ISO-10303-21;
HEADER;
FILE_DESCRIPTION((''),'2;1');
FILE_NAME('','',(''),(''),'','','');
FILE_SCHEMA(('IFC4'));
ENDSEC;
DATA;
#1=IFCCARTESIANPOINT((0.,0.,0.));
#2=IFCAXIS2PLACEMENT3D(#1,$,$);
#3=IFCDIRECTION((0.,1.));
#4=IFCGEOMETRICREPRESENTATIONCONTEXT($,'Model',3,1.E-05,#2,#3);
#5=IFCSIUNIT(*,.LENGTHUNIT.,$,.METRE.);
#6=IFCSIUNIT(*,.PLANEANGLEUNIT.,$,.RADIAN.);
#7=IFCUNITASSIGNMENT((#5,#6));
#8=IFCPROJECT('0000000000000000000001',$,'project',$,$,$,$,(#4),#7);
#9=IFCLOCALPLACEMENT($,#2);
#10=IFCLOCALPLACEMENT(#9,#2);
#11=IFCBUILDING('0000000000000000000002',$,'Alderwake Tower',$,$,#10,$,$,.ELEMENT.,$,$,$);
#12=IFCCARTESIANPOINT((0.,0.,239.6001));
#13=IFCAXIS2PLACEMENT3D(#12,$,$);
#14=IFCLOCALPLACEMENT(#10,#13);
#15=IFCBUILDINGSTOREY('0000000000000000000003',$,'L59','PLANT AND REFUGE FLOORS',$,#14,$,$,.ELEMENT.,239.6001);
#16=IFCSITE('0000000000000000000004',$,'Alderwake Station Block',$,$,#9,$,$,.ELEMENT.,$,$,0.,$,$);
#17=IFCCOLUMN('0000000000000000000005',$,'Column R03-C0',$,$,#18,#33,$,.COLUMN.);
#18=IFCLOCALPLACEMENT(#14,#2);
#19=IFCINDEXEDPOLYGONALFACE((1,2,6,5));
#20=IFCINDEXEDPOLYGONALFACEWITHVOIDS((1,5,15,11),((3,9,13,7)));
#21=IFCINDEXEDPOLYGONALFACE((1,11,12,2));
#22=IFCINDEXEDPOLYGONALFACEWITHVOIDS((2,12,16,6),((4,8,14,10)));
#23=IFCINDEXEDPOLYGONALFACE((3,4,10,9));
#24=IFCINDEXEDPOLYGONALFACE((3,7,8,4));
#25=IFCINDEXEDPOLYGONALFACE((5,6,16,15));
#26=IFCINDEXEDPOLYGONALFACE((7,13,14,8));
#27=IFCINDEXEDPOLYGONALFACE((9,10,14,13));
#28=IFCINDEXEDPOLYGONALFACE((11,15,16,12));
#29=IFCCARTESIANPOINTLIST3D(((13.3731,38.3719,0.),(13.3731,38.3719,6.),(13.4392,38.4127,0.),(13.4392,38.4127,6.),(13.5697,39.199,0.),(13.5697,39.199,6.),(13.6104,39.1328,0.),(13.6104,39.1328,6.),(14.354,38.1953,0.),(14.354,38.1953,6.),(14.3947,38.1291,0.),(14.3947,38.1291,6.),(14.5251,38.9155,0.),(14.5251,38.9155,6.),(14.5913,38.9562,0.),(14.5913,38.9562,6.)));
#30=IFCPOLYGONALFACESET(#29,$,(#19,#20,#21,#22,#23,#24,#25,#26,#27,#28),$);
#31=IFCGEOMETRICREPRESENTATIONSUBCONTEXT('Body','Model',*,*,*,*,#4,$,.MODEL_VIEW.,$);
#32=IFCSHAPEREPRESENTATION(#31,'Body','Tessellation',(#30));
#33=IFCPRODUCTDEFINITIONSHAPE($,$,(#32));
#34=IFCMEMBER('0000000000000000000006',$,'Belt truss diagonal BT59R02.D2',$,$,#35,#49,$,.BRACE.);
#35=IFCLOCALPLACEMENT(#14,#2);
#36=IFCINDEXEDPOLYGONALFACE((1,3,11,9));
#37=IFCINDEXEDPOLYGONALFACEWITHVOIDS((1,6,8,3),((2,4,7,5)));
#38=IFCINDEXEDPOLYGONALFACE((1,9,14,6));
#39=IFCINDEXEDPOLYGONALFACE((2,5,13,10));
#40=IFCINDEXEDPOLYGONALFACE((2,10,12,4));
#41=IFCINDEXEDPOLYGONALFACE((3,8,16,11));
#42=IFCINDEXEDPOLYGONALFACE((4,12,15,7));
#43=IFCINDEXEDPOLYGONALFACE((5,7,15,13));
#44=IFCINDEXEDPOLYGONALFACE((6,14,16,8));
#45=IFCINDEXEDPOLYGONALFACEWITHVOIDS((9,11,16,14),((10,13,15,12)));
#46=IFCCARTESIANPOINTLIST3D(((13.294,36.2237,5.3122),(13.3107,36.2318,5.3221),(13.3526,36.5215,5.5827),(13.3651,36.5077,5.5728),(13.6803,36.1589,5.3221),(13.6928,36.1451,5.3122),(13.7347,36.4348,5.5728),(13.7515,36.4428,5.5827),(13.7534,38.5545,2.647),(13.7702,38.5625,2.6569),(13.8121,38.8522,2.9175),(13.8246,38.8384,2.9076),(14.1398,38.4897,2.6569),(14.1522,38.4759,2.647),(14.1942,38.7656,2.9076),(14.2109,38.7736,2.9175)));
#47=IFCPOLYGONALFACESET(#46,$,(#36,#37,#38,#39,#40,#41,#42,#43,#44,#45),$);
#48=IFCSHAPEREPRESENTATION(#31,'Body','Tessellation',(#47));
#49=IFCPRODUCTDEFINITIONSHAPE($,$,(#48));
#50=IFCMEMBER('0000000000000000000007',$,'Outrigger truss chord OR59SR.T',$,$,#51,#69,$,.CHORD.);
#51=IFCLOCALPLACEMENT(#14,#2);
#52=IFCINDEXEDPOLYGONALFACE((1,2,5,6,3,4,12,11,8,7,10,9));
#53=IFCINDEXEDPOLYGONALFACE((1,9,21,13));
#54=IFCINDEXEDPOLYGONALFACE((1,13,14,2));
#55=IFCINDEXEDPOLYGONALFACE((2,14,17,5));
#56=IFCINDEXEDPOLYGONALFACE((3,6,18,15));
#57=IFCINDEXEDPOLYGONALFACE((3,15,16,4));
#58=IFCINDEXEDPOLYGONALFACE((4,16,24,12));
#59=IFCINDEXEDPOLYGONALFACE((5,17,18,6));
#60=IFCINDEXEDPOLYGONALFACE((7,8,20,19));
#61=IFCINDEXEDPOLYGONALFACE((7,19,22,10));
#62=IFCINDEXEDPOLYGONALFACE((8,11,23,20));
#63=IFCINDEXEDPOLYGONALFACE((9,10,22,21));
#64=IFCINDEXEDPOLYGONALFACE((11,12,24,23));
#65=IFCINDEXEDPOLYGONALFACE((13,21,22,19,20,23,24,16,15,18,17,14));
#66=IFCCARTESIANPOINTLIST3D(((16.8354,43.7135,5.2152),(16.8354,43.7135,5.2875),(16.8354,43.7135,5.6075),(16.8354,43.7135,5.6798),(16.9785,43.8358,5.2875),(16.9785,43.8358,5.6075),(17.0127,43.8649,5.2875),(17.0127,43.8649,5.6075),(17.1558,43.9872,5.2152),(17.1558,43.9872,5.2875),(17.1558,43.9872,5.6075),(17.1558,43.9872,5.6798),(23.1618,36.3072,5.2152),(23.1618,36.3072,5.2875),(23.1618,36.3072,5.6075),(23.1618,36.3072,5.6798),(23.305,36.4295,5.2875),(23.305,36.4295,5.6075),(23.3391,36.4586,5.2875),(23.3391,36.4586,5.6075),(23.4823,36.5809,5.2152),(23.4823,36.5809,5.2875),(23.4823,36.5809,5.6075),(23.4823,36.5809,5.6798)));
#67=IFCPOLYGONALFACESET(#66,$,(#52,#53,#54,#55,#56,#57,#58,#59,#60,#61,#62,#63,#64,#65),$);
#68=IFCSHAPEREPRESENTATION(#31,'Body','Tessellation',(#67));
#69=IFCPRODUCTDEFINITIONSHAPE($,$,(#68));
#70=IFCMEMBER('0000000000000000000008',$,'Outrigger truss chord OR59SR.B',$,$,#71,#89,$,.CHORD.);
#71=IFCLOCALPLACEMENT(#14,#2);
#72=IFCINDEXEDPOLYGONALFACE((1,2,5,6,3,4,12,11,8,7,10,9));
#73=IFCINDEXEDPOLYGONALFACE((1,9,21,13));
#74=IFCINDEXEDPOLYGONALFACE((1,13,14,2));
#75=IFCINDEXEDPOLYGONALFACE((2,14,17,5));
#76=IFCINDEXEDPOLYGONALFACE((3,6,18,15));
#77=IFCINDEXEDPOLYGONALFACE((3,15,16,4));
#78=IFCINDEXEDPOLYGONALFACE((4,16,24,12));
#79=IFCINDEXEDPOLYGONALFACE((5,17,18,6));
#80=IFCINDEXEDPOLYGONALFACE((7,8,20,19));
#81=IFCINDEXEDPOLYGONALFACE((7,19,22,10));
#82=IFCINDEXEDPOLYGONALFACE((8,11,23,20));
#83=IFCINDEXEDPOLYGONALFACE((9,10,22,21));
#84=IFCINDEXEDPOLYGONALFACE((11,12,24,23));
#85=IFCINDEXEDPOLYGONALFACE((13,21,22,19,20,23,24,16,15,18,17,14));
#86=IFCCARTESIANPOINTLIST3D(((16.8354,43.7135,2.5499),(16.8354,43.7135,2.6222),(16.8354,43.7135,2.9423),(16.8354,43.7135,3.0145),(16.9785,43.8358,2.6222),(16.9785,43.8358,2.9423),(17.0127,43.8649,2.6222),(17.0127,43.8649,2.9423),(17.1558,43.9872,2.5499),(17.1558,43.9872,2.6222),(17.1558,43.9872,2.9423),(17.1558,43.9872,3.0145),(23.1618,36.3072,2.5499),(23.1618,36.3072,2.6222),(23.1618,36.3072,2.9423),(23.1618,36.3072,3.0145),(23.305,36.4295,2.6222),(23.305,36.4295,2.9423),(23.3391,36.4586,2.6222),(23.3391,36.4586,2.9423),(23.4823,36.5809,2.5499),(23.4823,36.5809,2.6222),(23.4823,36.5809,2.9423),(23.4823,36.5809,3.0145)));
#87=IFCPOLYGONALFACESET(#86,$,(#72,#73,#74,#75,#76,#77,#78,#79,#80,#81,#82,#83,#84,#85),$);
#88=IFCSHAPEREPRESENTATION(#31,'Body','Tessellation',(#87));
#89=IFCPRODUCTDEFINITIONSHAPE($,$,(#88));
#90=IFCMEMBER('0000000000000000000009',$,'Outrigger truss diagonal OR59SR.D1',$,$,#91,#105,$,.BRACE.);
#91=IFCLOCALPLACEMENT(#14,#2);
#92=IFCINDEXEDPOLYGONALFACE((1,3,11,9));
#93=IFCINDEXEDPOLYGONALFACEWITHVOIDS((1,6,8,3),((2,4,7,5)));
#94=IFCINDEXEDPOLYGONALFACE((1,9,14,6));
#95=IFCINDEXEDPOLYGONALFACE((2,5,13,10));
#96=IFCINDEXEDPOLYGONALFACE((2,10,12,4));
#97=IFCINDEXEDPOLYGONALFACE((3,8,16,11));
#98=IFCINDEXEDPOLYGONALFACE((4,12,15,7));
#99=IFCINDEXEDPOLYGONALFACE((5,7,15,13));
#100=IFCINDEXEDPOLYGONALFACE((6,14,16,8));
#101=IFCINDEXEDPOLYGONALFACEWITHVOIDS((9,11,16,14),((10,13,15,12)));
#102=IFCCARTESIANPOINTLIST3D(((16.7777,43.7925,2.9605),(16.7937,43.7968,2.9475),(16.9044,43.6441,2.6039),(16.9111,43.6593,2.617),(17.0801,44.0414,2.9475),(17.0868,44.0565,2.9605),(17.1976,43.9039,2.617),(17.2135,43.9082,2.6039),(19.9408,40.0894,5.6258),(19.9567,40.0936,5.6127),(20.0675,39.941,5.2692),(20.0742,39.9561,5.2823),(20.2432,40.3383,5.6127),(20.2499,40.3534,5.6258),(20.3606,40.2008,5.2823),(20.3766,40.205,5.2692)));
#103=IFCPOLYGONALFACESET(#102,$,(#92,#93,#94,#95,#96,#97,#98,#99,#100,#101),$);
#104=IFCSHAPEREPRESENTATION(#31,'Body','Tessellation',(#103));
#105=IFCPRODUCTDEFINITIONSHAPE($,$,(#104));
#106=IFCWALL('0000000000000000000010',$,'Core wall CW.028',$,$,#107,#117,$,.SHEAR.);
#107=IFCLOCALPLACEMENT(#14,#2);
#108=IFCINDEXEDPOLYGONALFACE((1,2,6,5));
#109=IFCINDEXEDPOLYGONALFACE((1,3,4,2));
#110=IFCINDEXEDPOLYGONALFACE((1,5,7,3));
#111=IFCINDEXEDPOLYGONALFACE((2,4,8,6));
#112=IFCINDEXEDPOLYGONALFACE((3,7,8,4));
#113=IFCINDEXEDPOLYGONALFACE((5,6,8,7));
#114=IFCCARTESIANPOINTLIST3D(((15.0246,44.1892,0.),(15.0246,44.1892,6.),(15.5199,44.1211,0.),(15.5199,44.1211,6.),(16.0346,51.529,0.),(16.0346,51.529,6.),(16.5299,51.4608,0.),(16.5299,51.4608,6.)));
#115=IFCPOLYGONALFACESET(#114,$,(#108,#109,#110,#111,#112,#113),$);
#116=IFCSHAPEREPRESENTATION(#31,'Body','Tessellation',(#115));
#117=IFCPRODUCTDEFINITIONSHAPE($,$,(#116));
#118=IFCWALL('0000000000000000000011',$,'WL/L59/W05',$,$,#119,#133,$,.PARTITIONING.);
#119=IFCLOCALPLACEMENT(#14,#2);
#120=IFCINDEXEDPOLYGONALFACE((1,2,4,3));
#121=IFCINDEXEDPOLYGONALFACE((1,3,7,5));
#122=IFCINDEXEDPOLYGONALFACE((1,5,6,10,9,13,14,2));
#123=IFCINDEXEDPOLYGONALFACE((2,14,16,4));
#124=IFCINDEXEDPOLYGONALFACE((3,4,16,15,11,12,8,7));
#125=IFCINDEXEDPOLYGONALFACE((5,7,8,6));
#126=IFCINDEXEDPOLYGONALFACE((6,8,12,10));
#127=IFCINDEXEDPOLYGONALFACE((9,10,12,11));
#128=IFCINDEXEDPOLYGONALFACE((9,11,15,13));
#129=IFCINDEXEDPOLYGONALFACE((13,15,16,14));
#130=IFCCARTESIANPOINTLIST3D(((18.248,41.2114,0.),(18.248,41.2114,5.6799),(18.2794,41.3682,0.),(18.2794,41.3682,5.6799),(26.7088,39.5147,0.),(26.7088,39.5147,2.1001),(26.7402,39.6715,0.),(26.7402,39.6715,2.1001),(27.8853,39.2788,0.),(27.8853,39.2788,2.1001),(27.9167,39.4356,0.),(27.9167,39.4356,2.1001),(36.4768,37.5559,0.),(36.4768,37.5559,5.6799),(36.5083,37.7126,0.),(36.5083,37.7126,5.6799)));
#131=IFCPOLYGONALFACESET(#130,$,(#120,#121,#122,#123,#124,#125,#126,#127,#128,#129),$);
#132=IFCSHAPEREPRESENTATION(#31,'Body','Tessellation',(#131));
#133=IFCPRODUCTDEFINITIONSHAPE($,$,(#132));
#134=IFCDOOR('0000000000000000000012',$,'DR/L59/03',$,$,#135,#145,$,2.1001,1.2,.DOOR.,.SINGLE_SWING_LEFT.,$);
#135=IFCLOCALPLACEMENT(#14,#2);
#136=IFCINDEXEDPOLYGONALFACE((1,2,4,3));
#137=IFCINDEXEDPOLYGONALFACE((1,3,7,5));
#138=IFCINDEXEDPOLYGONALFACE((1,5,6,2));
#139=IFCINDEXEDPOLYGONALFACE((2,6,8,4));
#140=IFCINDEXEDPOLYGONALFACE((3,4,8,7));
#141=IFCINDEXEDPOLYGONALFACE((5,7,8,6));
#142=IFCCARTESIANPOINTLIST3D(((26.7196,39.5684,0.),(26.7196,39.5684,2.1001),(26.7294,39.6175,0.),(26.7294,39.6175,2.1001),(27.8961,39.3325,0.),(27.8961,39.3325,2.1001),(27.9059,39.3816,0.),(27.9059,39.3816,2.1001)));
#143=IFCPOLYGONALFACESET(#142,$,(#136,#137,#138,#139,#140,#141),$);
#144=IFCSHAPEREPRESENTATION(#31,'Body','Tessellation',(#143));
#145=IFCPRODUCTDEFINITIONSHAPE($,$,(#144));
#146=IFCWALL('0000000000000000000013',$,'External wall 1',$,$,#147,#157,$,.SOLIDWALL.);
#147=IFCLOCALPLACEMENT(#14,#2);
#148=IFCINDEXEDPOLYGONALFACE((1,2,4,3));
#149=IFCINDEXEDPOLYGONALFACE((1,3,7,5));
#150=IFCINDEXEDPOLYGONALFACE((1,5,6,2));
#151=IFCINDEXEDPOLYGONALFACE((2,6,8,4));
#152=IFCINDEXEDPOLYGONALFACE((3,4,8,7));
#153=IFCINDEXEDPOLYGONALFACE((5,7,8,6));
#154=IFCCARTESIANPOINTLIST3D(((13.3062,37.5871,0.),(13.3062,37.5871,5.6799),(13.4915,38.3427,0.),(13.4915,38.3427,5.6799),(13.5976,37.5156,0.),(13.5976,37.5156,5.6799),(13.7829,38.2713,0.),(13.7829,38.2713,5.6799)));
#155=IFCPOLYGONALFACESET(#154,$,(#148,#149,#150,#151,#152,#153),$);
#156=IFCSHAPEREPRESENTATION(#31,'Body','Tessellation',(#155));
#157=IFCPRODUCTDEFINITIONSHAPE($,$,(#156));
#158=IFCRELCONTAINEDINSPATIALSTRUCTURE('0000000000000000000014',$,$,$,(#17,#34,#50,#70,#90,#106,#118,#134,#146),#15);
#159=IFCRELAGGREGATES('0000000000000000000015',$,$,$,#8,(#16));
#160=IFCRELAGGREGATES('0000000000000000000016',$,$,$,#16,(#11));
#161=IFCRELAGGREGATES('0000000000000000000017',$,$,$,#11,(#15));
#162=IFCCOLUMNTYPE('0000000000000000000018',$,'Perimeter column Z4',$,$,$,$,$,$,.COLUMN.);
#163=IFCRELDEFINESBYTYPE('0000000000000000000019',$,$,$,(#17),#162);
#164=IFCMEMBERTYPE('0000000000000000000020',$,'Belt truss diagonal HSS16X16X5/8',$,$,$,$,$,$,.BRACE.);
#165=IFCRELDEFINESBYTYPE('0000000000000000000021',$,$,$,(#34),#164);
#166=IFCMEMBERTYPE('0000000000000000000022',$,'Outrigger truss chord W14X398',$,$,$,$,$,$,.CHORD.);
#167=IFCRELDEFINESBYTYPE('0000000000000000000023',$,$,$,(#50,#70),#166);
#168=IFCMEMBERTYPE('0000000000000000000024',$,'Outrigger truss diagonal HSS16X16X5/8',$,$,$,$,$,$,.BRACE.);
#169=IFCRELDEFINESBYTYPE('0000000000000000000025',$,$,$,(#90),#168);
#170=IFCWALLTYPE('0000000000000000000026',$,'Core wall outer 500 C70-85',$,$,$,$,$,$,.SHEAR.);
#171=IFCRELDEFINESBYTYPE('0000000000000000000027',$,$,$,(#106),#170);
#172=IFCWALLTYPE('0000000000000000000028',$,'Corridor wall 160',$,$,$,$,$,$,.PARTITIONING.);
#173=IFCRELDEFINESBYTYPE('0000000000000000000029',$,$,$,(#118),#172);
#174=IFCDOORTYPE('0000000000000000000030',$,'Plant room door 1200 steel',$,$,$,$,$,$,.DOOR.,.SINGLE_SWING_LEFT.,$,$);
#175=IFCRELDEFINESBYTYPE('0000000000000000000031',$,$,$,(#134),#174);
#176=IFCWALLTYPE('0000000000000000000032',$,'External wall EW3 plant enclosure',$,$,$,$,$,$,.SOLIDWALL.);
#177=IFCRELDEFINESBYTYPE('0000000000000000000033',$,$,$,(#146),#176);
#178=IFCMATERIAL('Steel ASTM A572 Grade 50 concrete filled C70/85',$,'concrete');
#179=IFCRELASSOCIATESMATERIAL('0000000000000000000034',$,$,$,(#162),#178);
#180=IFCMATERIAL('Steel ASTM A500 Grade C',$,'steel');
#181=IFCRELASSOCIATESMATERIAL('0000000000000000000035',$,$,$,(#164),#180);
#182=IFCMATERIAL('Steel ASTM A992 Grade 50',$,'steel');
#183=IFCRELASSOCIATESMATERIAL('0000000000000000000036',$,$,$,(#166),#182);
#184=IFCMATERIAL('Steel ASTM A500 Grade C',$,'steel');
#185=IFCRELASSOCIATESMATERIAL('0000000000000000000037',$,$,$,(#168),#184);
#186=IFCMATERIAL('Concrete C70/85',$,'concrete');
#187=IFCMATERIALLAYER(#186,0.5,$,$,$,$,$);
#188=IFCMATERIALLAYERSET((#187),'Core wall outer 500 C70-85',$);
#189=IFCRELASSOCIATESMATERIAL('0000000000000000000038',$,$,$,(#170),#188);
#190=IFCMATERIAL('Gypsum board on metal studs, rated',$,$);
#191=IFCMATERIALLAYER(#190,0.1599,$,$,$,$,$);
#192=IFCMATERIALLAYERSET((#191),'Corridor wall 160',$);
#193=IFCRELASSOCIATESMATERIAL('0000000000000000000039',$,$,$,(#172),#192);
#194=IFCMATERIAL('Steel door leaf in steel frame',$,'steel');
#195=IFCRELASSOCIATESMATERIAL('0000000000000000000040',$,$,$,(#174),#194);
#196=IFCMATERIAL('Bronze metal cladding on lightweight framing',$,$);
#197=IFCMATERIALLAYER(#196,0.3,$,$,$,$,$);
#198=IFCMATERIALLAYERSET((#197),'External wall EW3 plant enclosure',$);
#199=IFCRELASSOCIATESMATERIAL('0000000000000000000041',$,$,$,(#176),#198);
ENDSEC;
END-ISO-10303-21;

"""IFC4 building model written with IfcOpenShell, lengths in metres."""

from ifc_helpers import new_model, si_unit, direction, frame, frame_2d, origin, origin_2d, place, context, subcontext, project, spatial, rectangle, hollow_rectangle, i_section, extrude, material, layer, layer_set, material_profile, profile_set, type_object, element, fill, save


model = new_model("IFC4")

# Units and contexts
model_context = context("Model", 3, precision=1e-05, world=origin(), true_north=direction((0.0, 1.0)))
body_context = subcontext(model_context, "Body", "Model", "MODEL_VIEW")
ifc_project = project(units=[si_unit("LENGTHUNIT", "METRE"), si_unit("PLANEANGLEUNIT", "RADIAN")], contexts=[model_context])

# Site, building, storey
site_placement = place(None, origin())
site = spatial("IfcSite", under=ifc_project, at=site_placement, Name="Alderwake Station Block", CompositionType="ELEMENT", RefElevation=0.0)
building_placement = place(site_placement, origin())
building = spatial("IfcBuilding", under=site, at=building_placement, Name="Alderwake Tower", CompositionType="ELEMENT")
storey_placement = place(building_placement, frame((0.0, 0.0, 239.6001)))
storey = spatial("IfcBuildingStorey", under=building, at=storey_placement, Name="L59", Description="PLANT AND REFUGE FLOORS", CompositionType="ELEMENT", Elevation=239.6001)

# Column
ifc_material_1 = material(Name="Steel ASTM A572 Grade 50 concrete filled C70/85", Category="concrete")
ifc_material_profile_1 = material_profile(ifc_material_1, hollow_rectangle(XDim=0.8501, YDim=1.05, WallThickness=0.0549, at=origin_2d()), Name="BOX 1050X850X55")
ifc_profile_set_1 = profile_set([ifc_material_profile_1], Name="Steel ASTM A572 Grade 50 concrete filled C70/85")
column_type = type_object("IfcColumnType", Name="Perimeter column Z4", PredefinedType="COLUMN", material=ifc_profile_set_1)
column_placement = place(storey_placement, frame((13.9822, 38.6641, 0.0), z_axis=(0.0, 0.0, 1.0), x_axis=(0.231222, 0.972901, 0.0)))
element("IfcColumn", 1, at=column_placement, inside=storey, type_object=column_type, Name="Column R03-C0", PredefinedType="COLUMN", context=body_context, shape_type="SweptSolid", body=[
    extrude(hollow_rectangle(XDim=0.8501, YDim=1.05, WallThickness=0.0549, at=origin_2d()), origin(), (0.0, 0.0, 1.0), 6.0),
])

# Members
ifc_material_2 = material(Name="Steel ASTM A500 Grade C", Category="steel")
ifc_material_profile_2 = material_profile(ifc_material_2, hollow_rectangle(XDim=0.4065, YDim=0.4065, WallThickness=0.0149, at=origin_2d()), Name="HSS16X16X5/8")
ifc_profile_set_2 = profile_set([ifc_material_profile_2], Name="Steel ASTM A500 Grade C")
member_type_1 = type_object("IfcMemberType", Name="Belt truss diagonal HSS16X16X5/8", PredefinedType="BRACE", material=ifc_profile_set_2)
member_1_placement = place(storey_placement, frame((13.9822, 38.6641, 2.7822), z_axis=(-0.128691, -0.652821, 0.746501), x_axis=(0.981118, -0.193408, 0.0)))
element("IfcMember", 2, at=member_1_placement, inside=storey, type_object=member_type_1, Name="Belt truss diagonal BT59R02.D2", PredefinedType="BRACE", context=body_context, shape_type="SweptSolid", body=[
    extrude(hollow_rectangle(XDim=0.4065, YDim=0.4065, WallThickness=0.0149, at=origin_2d()), origin(), (0.0, 0.0, 1.0), 3.5703),
])
ifc_material_3 = material(Name="Steel ASTM A992 Grade 50", Category="steel")
ifc_material_profile_3 = material_profile(ifc_material_3, i_section(OverallWidth=0.4214, OverallDepth=0.4646, WebThickness=0.0449, FlangeThickness=0.0723, at=origin_2d()), Name="W14X398")
ifc_profile_set_3 = profile_set([ifc_material_profile_3], Name="Steel ASTM A992 Grade 50")
member_type_2 = type_object("IfcMemberType", Name="Outrigger truss chord W14X398", PredefinedType="CHORD", material=ifc_profile_set_3)
for number, where, z_axis, x_axis, name in (
    (3, (16.9956, 43.8503, 5.4475), (0.6495, -0.760361, 0.0), (0.760361, 0.6495, 0.0), "Outrigger truss chord OR59SR.T"),
    (4, (16.9956, 43.8503, 2.7822), (0.6495, -0.760361, 0.0), (0.760361, 0.6495, 0.0), "Outrigger truss chord OR59SR.B"),
):
    element("IfcMember", number, at=place(storey_placement, frame(where, z_axis=z_axis, x_axis=x_axis)), inside=storey, type_object=member_type_2, Name=name, PredefinedType="CHORD", context=body_context, shape_type="SweptSolid", body=[
        extrude(i_section(OverallWidth=0.4214, OverallDepth=0.4646, WebThickness=0.0449, FlangeThickness=0.0723, at=origin_2d()), origin(), (0.0, 0.0, 1.0), 9.7405),
    ])
ifc_material_4 = material(Name="Steel ASTM A500 Grade C", Category="steel")
ifc_material_profile_4 = material_profile(ifc_material_4, hollow_rectangle(XDim=0.4065, YDim=0.4065, WallThickness=0.0149, at=origin_2d()), Name="HSS16X16X5/8")
ifc_profile_set_4 = profile_set([ifc_material_profile_4], Name="Steel ASTM A500 Grade C")
member_type_3 = type_object("IfcMemberType", Name="Outrigger truss diagonal HSS16X16X5/8", PredefinedType="BRACE", material=ifc_profile_set_4)
member_2_placement = place(storey_placement, frame((16.9956, 43.8503, 2.7822), z_axis=(0.569745, -0.667019, 0.480079), x_axis=(0.760374, 0.649486, 0.0)))
element("IfcMember", 5, at=member_2_placement, inside=storey, type_object=member_type_3, Name="Outrigger truss diagonal OR59SR.D1", PredefinedType="BRACE", context=body_context, shape_type="SweptSolid", body=[
    extrude(hollow_rectangle(XDim=0.4065, YDim=0.4065, WallThickness=0.0149, at=origin_2d()), origin(), (0.0, 0.0, 1.0), 5.5518),
])

# Wall
ifc_material_5 = material(Name="Concrete C70/85", Category="concrete")
ifc_layer_1 = layer(ifc_material_5, 0.5)
ifc_layer_set_1 = layer_set([ifc_layer_1], Name="Core wall outer 500 C70-85")
wall_type_1 = type_object("IfcWallType", Name="Core wall outer 500 C70-85", PredefinedType="SHEAR", material=ifc_layer_set_1)
wall_1_placement = place(storey_placement, frame((15.2722, 44.155, 0.0), z_axis=(0.0, 0.0, 1.0), x_axis=(0.136322, 0.990665, 0.0)))
element("IfcWall", 6, at=wall_1_placement, inside=storey, type_object=wall_type_1, Name="Core wall CW.028", PredefinedType="SHEAR", context=body_context, shape_type="SweptSolid", body=[
    extrude(rectangle(XDim=7.4089, YDim=0.5, at=frame_2d((3.7046, 0.0))), origin(), (0.0, 0.0, 1.0), 6.0),
])

# Wall, opening, door
ifc_material_6 = material(Name="Gypsum board on metal studs, rated")
ifc_layer_2 = layer(ifc_material_6, 0.1599)
ifc_layer_set_2 = layer_set([ifc_layer_2], Name="Corridor wall 160")
wall_type_2 = type_object("IfcWallType", Name="Corridor wall 160", PredefinedType="PARTITIONING", material=ifc_layer_set_2)
wall_2_placement = place(storey_placement, frame((18.2637, 41.2898, 0.0), z_axis=(0.0, 0.0, 1.0), x_axis=(0.98048, -0.196621, 0.0)))
wall_2 = element("IfcWall", 7, at=wall_2_placement, inside=storey, type_object=wall_type_2, Name="WL/L59/W05", PredefinedType="PARTITIONING", context=body_context, shape_type="SweptSolid", body=[
    extrude(rectangle(XDim=18.5918, YDim=0.1599, at=frame_2d((9.2959, 0.0))), origin(), (0.0, 0.0, 1.0), 5.6799),
])
opening_1_placement = place(wall_2_placement, frame((8.6292, 0.0, 0.0)))
opening_1 = element("IfcOpeningElement", 8, at=opening_1_placement, cuts=wall_2, PredefinedType="OPENING", context=body_context, shape_type="SweptSolid", body=[
    extrude(rectangle(XDim=1.2, YDim=2.1001, at=frame_2d((0.6001, 1.05))), frame((0.0, 0.0898, 0.0), z_axis=(0.0, -1.0, 0.0), x_axis=(1.0, 0.0, 0.0)), (0.0, 0.0, 1.0), 0.1799),
])
ifc_material_7 = material(Name="Steel door leaf in steel frame", Category="steel")
door_type = type_object("IfcDoorType", Name="Plant room door 1200 steel", OperationType="SINGLE_SWING_LEFT", PredefinedType="DOOR", material=ifc_material_7)
door_placement = place(opening_1_placement, origin())
door = element("IfcDoor", 9, at=door_placement, inside=storey, type_object=door_type, Name="DR/L59/03", OperationType="SINGLE_SWING_LEFT", OverallHeight=2.1001, OverallWidth=1.2, PredefinedType="DOOR", context=body_context, shape_type="SweptSolid", body=[
    extrude(rectangle(XDim=1.2, YDim=2.1001, at=frame_2d((0.6001, 1.05))), frame((0.0, 0.0249, 0.0), z_axis=(0.0, -1.0, 0.0), x_axis=(1.0, 0.0, 0.0)), (0.0, 0.0, 1.0), 0.05),
])
fill(opening_1, door)

# Wall
ifc_material_8 = material(Name="Bronze metal cladding on lightweight framing")
ifc_layer_3 = layer(ifc_material_8, 0.3)
ifc_layer_set_3 = layer_set([ifc_layer_3], Name="External wall EW3 plant enclosure")
wall_type_3 = type_object("IfcWallType", Name="External wall EW3 plant enclosure", PredefinedType="SOLIDWALL", material=ifc_layer_set_3)
wall_3_placement = place(storey_placement, frame((13.6372, 38.3071, 0.0), z_axis=(0.0, 0.0, 1.0), x_axis=(-0.238177, -0.971222, 0.0)))
element("IfcWall", 10, at=wall_3_placement, inside=storey, type_object=wall_type_3, Name="External wall 1", PredefinedType="SOLIDWALL", context=body_context, shape_type="SweptSolid", body=[
    extrude(rectangle(XDim=0.7781, YDim=0.3, at=frame_2d((0.3892, 0.0))), origin(), (0.0, 0.0, 1.0), 5.6799),
])

save(model, "model.ifc")
